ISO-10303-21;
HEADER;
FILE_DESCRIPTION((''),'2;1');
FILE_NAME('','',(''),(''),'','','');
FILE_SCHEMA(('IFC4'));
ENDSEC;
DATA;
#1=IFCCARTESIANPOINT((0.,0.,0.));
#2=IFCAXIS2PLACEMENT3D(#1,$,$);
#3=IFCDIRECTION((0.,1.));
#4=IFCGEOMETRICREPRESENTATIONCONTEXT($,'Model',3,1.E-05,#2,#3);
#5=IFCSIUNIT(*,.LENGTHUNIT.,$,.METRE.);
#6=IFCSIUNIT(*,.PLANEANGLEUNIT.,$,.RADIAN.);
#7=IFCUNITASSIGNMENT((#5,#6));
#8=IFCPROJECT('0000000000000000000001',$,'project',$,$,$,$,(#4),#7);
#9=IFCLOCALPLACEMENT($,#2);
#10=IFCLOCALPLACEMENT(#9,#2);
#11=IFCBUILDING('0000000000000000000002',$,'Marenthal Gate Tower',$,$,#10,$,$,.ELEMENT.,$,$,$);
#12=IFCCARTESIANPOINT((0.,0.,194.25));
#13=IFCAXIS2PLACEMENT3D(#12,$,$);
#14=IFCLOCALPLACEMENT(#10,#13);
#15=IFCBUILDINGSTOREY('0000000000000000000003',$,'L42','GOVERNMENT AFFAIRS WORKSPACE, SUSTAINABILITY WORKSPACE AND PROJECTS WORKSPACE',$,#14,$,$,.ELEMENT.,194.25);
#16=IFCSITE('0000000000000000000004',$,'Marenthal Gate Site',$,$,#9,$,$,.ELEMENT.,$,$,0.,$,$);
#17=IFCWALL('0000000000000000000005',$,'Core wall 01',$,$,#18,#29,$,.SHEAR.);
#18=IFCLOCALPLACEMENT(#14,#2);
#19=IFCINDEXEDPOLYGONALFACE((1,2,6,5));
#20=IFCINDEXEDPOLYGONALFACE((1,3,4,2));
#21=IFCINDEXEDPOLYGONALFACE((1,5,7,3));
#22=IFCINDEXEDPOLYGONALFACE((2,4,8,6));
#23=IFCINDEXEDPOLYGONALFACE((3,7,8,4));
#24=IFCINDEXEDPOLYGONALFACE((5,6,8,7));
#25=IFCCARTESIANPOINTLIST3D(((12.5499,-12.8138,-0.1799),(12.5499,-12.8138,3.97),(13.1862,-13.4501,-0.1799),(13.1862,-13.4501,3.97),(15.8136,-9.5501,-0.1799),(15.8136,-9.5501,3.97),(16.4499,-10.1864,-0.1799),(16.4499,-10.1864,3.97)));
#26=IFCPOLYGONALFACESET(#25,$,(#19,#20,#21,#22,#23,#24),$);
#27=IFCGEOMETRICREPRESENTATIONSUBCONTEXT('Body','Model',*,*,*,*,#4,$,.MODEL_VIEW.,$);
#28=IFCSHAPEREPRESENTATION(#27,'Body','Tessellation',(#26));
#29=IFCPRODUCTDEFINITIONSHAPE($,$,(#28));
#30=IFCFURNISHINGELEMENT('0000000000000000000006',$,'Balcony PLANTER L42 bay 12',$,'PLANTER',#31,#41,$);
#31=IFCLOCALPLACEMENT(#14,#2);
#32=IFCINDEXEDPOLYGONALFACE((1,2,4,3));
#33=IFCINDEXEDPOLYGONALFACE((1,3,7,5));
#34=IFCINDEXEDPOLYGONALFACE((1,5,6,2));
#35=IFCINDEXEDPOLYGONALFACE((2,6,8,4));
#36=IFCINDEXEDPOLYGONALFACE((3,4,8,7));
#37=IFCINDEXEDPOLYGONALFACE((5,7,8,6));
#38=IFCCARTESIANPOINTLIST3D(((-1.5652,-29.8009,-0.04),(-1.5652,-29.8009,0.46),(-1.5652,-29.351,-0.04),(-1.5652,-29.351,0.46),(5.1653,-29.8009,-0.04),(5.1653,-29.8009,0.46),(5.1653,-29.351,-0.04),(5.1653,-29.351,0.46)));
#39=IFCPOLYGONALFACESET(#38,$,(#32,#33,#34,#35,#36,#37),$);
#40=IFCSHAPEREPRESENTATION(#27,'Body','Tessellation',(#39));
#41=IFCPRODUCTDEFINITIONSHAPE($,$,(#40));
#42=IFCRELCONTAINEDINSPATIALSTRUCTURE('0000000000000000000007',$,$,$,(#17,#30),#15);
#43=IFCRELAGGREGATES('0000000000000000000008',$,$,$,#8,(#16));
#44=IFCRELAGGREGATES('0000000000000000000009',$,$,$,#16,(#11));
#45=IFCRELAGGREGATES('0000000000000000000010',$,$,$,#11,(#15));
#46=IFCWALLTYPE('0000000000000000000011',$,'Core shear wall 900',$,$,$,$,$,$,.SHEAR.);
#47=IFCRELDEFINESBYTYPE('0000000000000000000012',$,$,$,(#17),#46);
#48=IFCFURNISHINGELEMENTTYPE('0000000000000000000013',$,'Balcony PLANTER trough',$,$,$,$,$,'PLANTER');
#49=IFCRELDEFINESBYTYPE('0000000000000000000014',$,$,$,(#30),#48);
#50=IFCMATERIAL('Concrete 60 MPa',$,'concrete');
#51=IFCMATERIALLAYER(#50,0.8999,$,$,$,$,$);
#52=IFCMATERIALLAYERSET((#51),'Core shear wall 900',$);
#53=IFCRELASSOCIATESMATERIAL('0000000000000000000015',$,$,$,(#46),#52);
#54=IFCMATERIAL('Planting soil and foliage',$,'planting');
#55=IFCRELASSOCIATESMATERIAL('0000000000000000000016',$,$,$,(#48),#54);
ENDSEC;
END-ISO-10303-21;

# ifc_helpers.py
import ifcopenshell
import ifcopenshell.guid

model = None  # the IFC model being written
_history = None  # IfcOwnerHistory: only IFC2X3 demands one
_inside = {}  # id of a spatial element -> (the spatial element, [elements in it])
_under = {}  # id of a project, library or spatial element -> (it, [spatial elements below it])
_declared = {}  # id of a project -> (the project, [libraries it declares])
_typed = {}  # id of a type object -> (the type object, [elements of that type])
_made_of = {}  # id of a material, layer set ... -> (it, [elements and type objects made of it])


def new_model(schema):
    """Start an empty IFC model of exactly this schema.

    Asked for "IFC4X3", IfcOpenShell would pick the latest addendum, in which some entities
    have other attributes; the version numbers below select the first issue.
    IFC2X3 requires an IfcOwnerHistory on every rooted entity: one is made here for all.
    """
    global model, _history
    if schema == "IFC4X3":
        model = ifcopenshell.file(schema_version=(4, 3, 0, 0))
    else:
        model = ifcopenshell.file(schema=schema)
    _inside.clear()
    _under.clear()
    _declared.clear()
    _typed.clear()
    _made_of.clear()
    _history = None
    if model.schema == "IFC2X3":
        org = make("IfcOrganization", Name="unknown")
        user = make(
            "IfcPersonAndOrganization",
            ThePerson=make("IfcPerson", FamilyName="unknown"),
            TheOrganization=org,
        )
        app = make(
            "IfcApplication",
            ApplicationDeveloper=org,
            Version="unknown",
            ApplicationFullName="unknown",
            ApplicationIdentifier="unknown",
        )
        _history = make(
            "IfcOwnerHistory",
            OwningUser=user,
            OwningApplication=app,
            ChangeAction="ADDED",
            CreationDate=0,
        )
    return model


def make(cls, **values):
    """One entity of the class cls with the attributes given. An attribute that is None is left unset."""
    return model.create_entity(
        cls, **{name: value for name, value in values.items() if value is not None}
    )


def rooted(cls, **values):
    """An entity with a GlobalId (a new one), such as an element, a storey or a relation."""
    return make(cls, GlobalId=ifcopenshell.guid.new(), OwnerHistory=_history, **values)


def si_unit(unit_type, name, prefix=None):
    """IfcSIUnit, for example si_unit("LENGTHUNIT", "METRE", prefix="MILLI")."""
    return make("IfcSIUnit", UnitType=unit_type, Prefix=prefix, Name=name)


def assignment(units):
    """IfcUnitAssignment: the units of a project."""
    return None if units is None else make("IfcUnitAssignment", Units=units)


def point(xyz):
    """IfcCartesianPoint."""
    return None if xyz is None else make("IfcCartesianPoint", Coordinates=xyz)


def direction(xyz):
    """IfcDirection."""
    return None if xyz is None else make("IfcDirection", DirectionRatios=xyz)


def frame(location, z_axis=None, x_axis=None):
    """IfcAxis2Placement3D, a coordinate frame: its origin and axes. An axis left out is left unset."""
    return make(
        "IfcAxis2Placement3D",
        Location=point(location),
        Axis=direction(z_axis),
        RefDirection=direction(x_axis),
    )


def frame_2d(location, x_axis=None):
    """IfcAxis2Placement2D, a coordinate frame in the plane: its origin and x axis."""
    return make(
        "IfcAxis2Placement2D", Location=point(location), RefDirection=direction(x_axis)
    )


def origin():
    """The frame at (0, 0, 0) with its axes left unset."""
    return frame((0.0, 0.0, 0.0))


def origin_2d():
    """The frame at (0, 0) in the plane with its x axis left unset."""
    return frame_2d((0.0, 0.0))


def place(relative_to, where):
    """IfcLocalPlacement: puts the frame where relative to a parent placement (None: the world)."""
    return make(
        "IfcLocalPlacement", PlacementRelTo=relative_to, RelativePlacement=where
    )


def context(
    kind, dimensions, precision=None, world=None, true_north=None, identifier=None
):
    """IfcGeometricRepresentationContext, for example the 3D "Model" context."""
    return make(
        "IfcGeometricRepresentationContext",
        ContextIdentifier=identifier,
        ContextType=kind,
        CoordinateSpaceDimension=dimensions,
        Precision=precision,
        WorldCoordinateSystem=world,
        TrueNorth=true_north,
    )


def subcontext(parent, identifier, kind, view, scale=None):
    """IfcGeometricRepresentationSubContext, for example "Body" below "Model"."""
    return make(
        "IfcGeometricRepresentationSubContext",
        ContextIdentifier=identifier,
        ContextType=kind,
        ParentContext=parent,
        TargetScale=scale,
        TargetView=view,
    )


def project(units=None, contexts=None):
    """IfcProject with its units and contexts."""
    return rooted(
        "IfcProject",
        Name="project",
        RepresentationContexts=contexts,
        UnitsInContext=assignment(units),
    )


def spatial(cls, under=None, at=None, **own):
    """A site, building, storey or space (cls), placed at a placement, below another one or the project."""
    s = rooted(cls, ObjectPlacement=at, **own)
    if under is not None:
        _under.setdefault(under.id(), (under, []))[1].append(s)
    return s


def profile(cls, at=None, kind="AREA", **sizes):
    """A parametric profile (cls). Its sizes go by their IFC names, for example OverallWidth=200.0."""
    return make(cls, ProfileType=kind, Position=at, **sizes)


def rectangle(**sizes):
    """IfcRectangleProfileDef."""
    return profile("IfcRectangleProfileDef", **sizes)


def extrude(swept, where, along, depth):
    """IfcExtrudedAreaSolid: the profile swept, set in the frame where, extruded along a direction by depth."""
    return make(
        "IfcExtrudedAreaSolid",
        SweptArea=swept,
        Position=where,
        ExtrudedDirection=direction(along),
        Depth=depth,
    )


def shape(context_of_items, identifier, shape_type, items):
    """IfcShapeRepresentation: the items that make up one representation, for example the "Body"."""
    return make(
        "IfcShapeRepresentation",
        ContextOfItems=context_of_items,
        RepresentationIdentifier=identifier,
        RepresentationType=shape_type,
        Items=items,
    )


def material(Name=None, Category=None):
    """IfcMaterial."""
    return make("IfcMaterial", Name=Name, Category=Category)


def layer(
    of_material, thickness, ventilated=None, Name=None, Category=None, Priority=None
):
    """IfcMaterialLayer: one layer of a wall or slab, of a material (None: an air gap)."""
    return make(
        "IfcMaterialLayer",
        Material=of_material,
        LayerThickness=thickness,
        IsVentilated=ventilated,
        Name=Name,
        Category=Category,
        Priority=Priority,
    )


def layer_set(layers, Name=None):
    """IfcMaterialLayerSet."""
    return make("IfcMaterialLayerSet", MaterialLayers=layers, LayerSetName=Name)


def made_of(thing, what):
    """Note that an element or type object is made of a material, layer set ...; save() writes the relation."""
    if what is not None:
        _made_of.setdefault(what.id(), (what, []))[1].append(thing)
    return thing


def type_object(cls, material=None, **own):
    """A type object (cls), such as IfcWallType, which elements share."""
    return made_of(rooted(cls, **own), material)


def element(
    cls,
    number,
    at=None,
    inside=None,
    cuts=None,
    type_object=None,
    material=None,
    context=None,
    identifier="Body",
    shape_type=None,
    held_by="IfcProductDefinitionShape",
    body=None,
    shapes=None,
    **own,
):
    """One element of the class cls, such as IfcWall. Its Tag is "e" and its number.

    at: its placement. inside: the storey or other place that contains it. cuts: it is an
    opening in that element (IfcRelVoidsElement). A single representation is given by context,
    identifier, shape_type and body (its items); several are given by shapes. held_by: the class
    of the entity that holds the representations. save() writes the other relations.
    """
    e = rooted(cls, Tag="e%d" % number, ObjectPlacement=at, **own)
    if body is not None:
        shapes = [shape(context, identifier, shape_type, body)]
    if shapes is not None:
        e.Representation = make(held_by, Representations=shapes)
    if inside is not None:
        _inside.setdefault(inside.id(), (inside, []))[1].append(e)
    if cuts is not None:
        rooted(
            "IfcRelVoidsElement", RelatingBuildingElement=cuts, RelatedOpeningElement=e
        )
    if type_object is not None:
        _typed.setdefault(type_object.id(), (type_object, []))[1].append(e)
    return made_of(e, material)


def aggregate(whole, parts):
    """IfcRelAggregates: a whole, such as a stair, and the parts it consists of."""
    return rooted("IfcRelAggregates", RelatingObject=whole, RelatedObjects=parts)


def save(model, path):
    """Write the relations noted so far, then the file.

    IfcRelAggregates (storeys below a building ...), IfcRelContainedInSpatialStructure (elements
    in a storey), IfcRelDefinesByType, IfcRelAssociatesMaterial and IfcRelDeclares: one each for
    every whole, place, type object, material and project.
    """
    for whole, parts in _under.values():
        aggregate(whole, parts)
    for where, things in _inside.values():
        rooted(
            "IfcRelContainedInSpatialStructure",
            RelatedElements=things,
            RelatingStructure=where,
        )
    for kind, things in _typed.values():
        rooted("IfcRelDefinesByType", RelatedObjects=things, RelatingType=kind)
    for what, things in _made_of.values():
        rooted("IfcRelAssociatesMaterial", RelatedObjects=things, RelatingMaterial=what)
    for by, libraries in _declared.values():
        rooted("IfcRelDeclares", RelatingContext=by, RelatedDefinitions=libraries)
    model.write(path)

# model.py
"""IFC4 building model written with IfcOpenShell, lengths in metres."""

from ifc_helpers import new_model, si_unit, direction, frame, frame_2d, origin, origin_2d, place, context, subcontext, project, spatial, rectangle, extrude, material, layer, layer_set, type_object, element, save


model = new_model("IFC4")

# Units and contexts
model_context = context("Model", 3, precision=1e-05, world=origin(), true_north=direction((0.0, 1.0)))
body_context = subcontext(model_context, "Body", "Model", "MODEL_VIEW")
ifc_project = project(units=[si_unit("LENGTHUNIT", "METRE"), si_unit("PLANEANGLEUNIT", "RADIAN")], contexts=[model_context])

# Site, building, storey
site_placement = place(None, origin())
site = spatial("IfcSite", under=ifc_project, at=site_placement, Name="Marenthal Gate Site", CompositionType="ELEMENT", RefElevation=0.0)
building_placement = place(site_placement, origin())
building = spatial("IfcBuilding", under=site, at=building_placement, Name="Marenthal Gate Tower", CompositionType="ELEMENT")
storey_placement = place(building_placement, frame((0.0, 0.0, 194.25)))
storey = spatial("IfcBuildingStorey", under=building, at=storey_placement, Name="L42", Description="GOVERNMENT AFFAIRS WORKSPACE, SUSTAINABILITY WORKSPACE AND PROJECTS WORKSPACE", CompositionType="ELEMENT", Elevation=194.25)

# Wall
ifc_material_1 = material(Name="Concrete 60 MPa", Category="concrete")
ifc_layer_1 = layer(ifc_material_1, 0.8999)
ifc_layer_set_1 = layer_set([ifc_layer_1], Name="Core shear wall 900")
wall_type = type_object("IfcWallType", Name="Core shear wall 900", PredefinedType="SHEAR", material=ifc_layer_set_1)
wall_placement = place(storey_placement, frame((12.8682, -13.1318, -0.1799), z_axis=(0.0, 0.0, 1.0), x_axis=(0.707107, 0.707107, 0.0)))
element("IfcWall", 1, at=wall_placement, inside=storey, type_object=wall_type, Name="Core wall 01", PredefinedType="SHEAR", context=body_context, shape_type="SweptSolid", body=[
    extrude(rectangle(XDim=4.6155, YDim=0.8999, at=frame_2d((2.3076, 0.0))), origin(), (0.0, 0.0, 1.0), 4.1499),
])

# Furnishing element
ifc_material_2 = material(Name="Planting soil and foliage", Category="planting")
furnishing_element_type = type_object("IfcFurnishingElementType", Name="Balcony PLANTER trough", ElementType="PLANTER", material=ifc_material_2)
furnishing_placement = place(storey_placement, frame((1.8, -29.5759, -0.04), z_axis=(0.0, 0.0, 1.0), x_axis=(1.0, 0.0, 0.0)))
element("IfcFurnishingElement", 2, at=furnishing_placement, inside=storey, type_object=furnishing_element_type, Name="Balcony PLANTER L42 bay 12", ObjectType="PLANTER", context=body_context, shape_type="SweptSolid", body=[
    extrude(rectangle(XDim=6.7305, YDim=0.45, at=origin_2d()), origin(), (0.0, 0.0, 1.0), 0.5),
])

save(model, "model.ifc")
